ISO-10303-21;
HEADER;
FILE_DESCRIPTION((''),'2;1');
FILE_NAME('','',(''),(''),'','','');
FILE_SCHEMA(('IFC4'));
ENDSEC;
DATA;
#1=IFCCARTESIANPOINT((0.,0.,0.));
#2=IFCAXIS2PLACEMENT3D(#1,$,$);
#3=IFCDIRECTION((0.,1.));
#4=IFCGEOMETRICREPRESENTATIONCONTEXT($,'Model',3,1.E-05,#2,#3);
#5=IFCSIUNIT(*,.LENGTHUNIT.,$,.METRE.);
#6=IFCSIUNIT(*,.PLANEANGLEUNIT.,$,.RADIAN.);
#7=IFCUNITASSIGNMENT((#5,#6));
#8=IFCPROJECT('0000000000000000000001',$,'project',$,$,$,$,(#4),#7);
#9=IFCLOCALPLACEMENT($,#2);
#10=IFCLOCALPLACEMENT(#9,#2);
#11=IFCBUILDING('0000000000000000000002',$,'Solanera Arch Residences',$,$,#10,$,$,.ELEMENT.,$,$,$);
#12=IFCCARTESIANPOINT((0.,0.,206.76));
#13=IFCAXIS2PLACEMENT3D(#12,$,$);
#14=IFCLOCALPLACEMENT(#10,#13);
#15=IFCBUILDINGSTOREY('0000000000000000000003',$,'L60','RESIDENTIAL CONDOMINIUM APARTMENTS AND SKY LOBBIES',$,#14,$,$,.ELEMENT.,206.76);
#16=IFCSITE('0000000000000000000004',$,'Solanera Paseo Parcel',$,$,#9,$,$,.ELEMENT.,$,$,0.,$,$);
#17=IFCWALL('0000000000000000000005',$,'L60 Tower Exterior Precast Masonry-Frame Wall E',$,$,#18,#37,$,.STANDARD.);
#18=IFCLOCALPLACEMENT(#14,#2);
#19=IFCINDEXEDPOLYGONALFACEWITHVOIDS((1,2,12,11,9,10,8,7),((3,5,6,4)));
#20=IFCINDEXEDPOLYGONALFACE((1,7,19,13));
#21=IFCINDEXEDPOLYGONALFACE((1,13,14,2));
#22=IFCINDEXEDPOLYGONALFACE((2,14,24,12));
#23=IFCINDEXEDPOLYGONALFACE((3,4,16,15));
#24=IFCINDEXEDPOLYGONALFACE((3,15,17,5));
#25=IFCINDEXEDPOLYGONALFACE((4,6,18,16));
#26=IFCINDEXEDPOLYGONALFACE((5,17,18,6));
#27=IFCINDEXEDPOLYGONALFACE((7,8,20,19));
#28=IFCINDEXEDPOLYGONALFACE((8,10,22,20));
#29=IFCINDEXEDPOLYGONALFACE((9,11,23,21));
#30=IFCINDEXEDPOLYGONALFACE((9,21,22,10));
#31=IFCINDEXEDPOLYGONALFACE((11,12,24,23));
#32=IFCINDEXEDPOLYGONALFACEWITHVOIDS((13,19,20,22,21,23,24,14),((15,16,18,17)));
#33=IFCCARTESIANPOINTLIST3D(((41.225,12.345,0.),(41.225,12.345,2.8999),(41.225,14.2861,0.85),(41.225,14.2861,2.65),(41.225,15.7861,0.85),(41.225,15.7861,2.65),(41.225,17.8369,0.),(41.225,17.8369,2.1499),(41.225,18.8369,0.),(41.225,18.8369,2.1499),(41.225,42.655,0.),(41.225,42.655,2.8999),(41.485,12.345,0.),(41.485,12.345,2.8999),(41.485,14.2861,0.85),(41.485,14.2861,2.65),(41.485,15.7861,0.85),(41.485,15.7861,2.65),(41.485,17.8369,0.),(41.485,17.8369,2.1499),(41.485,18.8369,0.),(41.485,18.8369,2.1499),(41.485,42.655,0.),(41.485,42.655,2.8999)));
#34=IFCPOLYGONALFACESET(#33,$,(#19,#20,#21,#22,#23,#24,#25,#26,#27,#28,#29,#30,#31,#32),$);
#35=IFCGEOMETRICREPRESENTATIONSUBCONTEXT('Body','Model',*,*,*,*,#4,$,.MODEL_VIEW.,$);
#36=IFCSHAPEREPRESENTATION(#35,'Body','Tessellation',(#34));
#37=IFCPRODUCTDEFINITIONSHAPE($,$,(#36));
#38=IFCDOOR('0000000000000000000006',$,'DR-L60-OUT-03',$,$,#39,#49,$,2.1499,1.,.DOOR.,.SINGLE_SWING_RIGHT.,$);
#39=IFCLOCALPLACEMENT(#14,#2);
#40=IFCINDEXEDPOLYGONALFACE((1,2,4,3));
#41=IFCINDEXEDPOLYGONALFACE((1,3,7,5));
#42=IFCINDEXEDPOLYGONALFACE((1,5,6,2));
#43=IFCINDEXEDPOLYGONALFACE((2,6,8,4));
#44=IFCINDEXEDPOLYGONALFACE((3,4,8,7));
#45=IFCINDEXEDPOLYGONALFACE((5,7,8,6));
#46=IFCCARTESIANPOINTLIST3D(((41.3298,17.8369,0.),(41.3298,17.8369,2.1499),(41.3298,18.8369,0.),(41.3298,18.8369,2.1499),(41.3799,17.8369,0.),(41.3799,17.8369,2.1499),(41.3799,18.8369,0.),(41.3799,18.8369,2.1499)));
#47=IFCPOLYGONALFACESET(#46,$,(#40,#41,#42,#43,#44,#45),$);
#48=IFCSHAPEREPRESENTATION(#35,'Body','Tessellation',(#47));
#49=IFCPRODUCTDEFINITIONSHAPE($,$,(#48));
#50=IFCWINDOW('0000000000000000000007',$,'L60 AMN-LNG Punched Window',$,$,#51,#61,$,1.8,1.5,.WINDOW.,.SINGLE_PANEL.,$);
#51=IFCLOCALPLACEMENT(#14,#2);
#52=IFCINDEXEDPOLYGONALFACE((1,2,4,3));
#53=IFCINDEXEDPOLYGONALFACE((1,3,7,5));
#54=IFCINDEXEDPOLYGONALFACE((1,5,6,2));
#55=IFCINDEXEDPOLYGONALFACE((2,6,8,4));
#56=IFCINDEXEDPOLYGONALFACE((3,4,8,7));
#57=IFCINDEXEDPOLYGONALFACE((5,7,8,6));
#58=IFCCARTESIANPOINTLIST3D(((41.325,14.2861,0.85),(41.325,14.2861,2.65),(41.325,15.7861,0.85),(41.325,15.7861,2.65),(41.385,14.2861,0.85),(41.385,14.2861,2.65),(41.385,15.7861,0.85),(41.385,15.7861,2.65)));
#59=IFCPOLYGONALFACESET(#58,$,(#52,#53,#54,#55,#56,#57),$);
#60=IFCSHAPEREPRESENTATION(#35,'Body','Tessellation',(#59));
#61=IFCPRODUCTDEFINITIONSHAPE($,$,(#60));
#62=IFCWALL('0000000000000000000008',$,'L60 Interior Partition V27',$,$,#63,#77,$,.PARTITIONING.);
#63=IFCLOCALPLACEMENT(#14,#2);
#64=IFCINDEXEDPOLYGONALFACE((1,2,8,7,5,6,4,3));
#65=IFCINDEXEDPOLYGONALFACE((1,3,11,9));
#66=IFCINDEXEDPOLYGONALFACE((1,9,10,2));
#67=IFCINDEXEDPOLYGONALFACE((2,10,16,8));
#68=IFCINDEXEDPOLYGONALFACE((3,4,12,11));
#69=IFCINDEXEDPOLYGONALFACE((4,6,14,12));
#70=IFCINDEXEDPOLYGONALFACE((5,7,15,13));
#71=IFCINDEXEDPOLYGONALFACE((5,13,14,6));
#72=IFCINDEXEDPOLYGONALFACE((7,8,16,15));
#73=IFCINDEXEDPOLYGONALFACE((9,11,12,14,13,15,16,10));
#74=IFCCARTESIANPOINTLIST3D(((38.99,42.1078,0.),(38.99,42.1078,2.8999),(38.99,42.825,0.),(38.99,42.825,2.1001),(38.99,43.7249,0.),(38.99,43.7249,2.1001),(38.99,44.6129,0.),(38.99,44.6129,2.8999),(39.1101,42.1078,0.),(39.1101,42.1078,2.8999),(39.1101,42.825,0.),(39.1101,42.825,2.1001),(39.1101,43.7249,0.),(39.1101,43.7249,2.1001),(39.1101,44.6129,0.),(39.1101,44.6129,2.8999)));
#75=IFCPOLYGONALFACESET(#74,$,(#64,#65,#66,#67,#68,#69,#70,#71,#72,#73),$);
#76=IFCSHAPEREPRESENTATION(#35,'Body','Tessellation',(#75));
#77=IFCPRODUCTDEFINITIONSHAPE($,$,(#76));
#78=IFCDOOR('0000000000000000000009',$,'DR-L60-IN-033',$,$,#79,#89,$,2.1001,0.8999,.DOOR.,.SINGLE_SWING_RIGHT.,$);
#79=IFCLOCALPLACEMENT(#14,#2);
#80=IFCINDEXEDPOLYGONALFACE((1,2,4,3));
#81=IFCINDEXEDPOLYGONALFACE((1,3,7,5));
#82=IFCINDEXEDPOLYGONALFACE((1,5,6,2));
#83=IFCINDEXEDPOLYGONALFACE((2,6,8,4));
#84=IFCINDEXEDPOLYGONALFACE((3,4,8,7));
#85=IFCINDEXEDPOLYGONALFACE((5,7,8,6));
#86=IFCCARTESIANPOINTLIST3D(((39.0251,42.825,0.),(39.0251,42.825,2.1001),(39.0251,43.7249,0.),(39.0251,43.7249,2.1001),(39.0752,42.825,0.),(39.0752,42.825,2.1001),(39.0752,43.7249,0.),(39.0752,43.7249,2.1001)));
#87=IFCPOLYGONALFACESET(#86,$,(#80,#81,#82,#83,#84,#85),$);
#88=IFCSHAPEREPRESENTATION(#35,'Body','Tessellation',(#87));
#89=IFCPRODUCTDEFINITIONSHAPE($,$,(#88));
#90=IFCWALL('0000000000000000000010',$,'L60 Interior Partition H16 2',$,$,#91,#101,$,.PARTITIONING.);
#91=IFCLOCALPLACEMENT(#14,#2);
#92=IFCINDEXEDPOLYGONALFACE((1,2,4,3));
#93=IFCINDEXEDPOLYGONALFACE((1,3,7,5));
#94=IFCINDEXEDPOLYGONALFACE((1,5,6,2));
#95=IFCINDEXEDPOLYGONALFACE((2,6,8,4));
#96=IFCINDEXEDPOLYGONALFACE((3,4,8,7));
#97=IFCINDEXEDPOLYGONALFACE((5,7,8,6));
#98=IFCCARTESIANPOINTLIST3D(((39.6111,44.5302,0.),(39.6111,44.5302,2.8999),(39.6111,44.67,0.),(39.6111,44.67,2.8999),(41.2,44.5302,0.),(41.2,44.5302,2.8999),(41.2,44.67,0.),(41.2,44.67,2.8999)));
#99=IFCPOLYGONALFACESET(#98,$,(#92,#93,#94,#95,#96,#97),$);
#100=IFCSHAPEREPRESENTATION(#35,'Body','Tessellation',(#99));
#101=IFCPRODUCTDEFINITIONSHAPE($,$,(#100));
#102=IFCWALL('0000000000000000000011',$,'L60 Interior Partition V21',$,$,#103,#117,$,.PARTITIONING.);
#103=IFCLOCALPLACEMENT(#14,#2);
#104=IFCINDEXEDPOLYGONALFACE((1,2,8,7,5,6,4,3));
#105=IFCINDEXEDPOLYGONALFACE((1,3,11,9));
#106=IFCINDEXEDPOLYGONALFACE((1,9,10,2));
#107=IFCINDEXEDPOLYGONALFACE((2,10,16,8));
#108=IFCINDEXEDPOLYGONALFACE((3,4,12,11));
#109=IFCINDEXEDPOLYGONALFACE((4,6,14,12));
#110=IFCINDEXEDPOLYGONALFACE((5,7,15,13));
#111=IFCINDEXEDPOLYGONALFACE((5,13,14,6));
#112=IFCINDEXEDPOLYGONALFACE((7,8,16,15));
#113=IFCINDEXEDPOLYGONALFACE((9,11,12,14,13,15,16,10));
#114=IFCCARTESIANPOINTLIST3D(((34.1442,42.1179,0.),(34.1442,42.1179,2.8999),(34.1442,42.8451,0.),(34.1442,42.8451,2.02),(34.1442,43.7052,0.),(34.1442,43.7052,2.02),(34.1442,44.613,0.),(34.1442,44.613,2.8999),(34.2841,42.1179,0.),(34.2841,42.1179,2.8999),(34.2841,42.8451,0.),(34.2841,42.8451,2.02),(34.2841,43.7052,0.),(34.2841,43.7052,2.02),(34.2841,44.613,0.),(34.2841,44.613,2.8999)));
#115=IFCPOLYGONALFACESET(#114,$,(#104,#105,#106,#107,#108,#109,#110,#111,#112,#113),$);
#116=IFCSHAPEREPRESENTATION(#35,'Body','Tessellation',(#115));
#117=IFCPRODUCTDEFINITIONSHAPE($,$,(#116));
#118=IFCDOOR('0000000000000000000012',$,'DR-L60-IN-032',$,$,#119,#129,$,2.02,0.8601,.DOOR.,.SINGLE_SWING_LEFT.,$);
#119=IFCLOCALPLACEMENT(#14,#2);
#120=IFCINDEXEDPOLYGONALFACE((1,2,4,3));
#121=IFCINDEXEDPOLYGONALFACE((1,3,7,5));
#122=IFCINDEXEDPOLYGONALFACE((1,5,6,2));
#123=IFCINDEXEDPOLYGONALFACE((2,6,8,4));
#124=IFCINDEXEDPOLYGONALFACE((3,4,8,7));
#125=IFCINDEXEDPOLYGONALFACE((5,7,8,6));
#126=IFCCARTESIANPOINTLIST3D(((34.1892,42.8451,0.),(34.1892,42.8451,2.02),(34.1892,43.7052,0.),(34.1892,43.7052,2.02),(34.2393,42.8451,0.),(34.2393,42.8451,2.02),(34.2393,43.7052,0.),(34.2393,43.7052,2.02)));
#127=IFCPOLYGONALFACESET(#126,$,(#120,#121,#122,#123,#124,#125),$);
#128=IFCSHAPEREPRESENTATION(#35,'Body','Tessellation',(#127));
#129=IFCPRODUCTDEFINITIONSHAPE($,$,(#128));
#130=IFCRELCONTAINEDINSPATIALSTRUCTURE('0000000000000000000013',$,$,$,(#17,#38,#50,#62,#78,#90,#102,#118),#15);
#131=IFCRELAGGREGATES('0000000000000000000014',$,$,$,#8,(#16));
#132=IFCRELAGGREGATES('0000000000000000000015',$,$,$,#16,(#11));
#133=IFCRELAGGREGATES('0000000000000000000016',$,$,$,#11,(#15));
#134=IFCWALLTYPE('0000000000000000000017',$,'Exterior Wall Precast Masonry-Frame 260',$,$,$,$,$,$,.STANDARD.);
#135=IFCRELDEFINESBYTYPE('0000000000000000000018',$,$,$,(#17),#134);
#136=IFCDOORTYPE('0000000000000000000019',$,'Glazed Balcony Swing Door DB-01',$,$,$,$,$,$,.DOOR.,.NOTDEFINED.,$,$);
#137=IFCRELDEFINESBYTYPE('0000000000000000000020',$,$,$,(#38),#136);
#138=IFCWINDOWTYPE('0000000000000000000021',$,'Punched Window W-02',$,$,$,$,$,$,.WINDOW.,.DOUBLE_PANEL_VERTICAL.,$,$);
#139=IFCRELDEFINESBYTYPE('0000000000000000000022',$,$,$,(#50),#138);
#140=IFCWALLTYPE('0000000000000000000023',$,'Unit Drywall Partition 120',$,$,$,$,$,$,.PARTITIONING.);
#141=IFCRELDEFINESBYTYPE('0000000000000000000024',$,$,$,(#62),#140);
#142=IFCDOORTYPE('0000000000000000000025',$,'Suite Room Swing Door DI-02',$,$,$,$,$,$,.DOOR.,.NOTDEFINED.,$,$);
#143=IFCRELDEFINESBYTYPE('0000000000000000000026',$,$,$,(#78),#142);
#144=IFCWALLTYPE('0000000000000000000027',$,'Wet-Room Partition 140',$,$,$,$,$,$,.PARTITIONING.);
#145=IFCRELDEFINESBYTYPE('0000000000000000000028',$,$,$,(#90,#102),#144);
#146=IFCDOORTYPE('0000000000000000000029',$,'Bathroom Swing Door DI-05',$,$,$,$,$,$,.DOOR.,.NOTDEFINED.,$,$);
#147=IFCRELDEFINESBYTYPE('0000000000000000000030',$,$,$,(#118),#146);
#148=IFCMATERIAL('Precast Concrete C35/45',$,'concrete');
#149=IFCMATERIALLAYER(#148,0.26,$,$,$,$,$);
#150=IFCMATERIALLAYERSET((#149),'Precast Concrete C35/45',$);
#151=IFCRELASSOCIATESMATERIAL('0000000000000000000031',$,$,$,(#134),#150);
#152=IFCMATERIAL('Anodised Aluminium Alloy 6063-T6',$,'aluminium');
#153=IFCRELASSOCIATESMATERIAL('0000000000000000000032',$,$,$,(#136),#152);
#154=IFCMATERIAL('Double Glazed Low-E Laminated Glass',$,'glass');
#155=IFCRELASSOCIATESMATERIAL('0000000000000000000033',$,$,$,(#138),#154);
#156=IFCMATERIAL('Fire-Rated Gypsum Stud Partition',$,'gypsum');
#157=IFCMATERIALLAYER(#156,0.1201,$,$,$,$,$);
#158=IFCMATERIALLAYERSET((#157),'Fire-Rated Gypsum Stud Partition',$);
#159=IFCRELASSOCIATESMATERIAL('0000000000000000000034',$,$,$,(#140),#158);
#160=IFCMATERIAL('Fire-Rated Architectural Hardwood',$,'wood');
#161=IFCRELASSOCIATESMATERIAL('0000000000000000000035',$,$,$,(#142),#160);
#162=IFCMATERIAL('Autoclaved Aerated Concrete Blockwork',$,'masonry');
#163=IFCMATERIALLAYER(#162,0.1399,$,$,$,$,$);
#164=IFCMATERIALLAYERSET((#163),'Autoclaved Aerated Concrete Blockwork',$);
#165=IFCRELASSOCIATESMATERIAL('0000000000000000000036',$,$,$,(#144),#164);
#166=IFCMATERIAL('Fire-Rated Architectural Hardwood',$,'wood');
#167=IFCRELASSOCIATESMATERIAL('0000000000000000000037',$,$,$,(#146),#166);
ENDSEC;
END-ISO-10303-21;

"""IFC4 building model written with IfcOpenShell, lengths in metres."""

from ifc_helpers import new_model, si_unit, direction, frame, frame_2d, origin, place, context, subcontext, project, spatial, rectangle, extrude, material, layer, layer_set, type_object, element, fill, save


model = new_model("IFC4")

# Units and contexts
model_context = context("Model", 3, precision=1e-05, world=origin(), true_north=direction((0.0, 1.0)))
body_context = subcontext(model_context, "Body", "Model", "MODEL_VIEW")
ifc_project = project(units=[si_unit("LENGTHUNIT", "METRE"), si_unit("PLANEANGLEUNIT", "RADIAN")], contexts=[model_context])

# Site, building, storey
site_placement = place(None, origin())
site = spatial("IfcSite", under=ifc_project, at=site_placement, Name="Solanera Paseo Parcel", CompositionType="ELEMENT", RefElevation=0.0)
building_placement = place(site_placement, origin())
building = spatial("IfcBuilding", under=site, at=building_placement, Name="Solanera Arch Residences", CompositionType="ELEMENT")
storey_placement = place(building_placement, frame((0.0, 0.0, 206.76)))
storey = spatial("IfcBuildingStorey", under=building, at=storey_placement, Name="L60", Description="RESIDENTIAL CONDOMINIUM APARTMENTS AND SKY LOBBIES", CompositionType="ELEMENT", Elevation=206.76)

# Shared definitions
ifc_material_1 = material(Name="Precast Concrete C35/45", Category="concrete")
ifc_layer_1 = layer(ifc_material_1, 0.26)
ifc_layer_set_1 = layer_set([ifc_layer_1], Name="Precast Concrete C35/45")
wall_type_1 = type_object("IfcWallType", Name="Exterior Wall Precast Masonry-Frame 260", PredefinedType="STANDARD", material=ifc_layer_set_1)

# Wall, openings, door, window
wall_1_placement = place(storey_placement, frame((41.355, 42.655, 0.0), z_axis=(0.0, 0.0, 1.0), x_axis=(0.0, -1.0, 0.0)))
wall_1 = element("IfcWall", 1, at=wall_1_placement, inside=storey, type_object=wall_type_1, Name="L60 Tower Exterior Precast Masonry-Frame Wall E", PredefinedType="STANDARD", context=body_context, shape_type="SweptSolid", body=[
    extrude(rectangle(XDim=30.3101, YDim=0.26, at=frame_2d((15.155, 0.0))), origin(), (0.0, 0.0, 1.0), 2.8999),
])
opening_1_placement = place(wall_1_placement, frame((23.8181, 0.0, 0.0)))
opening_1 = element("IfcOpeningElement", 2, at=opening_1_placement, cuts=wall_1, PredefinedType="OPENING", context=body_context, shape_type="SweptSolid", body=[
    extrude(rectangle(XDim=1.0, YDim=2.1499, at=frame_2d((0.5, 1.075))), frame((0.0, 0.1399, 0.0), z_axis=(0.0, -1.0, 0.0), x_axis=(1.0, 0.0, 0.0)), (0.0, 0.0, 1.0), 0.28),
])
opening_2_placement = place(wall_1_placement, frame((26.8689, 0.0, 0.8501)))
opening_2 = element("IfcOpeningElement", 3, at=opening_2_placement, cuts=wall_1, PredefinedType="OPENING", context=body_context, shape_type="SweptSolid", body=[
    extrude(rectangle(XDim=1.5, YDim=1.8, at=frame_2d((0.75, 0.8999))), frame((0.0, 0.1399, 0.0), z_axis=(0.0, -1.0, 0.0), x_axis=(1.0, 0.0, 0.0)), (0.0, 0.0, 1.0), 0.28),
])
ifc_material_2 = material(Name="Anodised Aluminium Alloy 6063-T6", Category="aluminium")
door_type_1 = type_object("IfcDoorType", Name="Glazed Balcony Swing Door DB-01", OperationType="NOTDEFINED", PredefinedType="DOOR", material=ifc_material_2)
door_1_placement = place(opening_1_placement, origin())
door_1 = element("IfcDoor", 4, at=door_1_placement, inside=storey, type_object=door_type_1, Name="DR-L60-OUT-03", OperationType="SINGLE_SWING_RIGHT", OverallHeight=2.1499, OverallWidth=1.0, PredefinedType="DOOR", context=body_context, shape_type="SweptSolid", body=[
    extrude(rectangle(XDim=1.0, YDim=2.1499, at=frame_2d((0.5, 1.075))), frame((0.0, 0.0249, 0.0), z_axis=(0.0, -1.0, 0.0), x_axis=(1.0, 0.0, 0.0)), (0.0, 0.0, 1.0), 0.05),
])
fill(opening_1, door_1)
ifc_material_3 = material(Name="Double Glazed Low-E Laminated Glass", Category="glass")
window_type = type_object("IfcWindowType", Name="Punched Window W-02", PartitioningType="DOUBLE_PANEL_VERTICAL", PredefinedType="WINDOW", material=ifc_material_3)
window_placement = place(opening_2_placement, origin())
window = element("IfcWindow", 5, at=window_placement, inside=storey, type_object=window_type, Name="L60 AMN-LNG Punched Window", OverallHeight=1.8, OverallWidth=1.5, PartitioningType="SINGLE_PANEL", PredefinedType="WINDOW", context=body_context, shape_type="SweptSolid", body=[
    extrude(rectangle(XDim=1.5, YDim=1.8, at=frame_2d((0.75, 0.8999))), frame((0.0, 0.03, 0.0), z_axis=(0.0, -1.0, 0.0), x_axis=(1.0, 0.0, 0.0)), (0.0, 0.0, 1.0), 0.0601),
])
fill(opening_2, window)

# Wall, opening, door
ifc_material_4 = material(Name="Fire-Rated Gypsum Stud Partition", Category="gypsum")
ifc_layer_2 = layer(ifc_material_4, 0.1201)
ifc_layer_set_2 = layer_set([ifc_layer_2], Name="Fire-Rated Gypsum Stud Partition")
wall_type_2 = type_object("IfcWallType", Name="Unit Drywall Partition 120", PredefinedType="PARTITIONING", material=ifc_layer_set_2)
wall_2_placement = place(storey_placement, frame((39.05, 42.1079, 0.0), z_axis=(0.0, 0.0, 1.0), x_axis=(0.0, 1.0, 0.0)))
wall_2 = element("IfcWall", 6, at=wall_2_placement, inside=storey, type_object=wall_type_2, Name="L60 Interior Partition V27", PredefinedType="PARTITIONING", context=body_context, shape_type="SweptSolid", body=[
    extrude(rectangle(XDim=2.5051, YDim=0.1201, at=frame_2d((1.2524, 0.0))), origin(), (0.0, 0.0, 1.0), 2.8999),
])
opening_3_placement = place(wall_2_placement, frame((0.717, 0.0, 0.0)))
opening_3 = element("IfcOpeningElement", 7, at=opening_3_placement, cuts=wall_2, PredefinedType="OPENING", context=body_context, shape_type="SweptSolid", body=[
    extrude(rectangle(XDim=0.8999, YDim=2.1001, at=frame_2d((0.45, 1.05))), frame((0.0, 0.0701, 0.0), z_axis=(0.0, -1.0, 0.0), x_axis=(1.0, 0.0, 0.0)), (0.0, 0.0, 1.0), 0.1401),
])
ifc_material_5 = material(Name="Fire-Rated Architectural Hardwood", Category="wood")
door_type_2 = type_object("IfcDoorType", Name="Suite Room Swing Door DI-02", OperationType="NOTDEFINED", PredefinedType="DOOR", material=ifc_material_5)
door_2_placement = place(opening_3_placement, origin())
door_2 = element("IfcDoor", 8, at=door_2_placement, inside=storey, type_object=door_type_2, Name="DR-L60-IN-033", OperationType="SINGLE_SWING_RIGHT", OverallHeight=2.1001, OverallWidth=0.8999, PredefinedType="DOOR", context=body_context, shape_type="SweptSolid", body=[
    extrude(rectangle(XDim=0.8999, YDim=2.1001, at=frame_2d((0.45, 1.05))), frame((0.0, 0.0249, 0.0), z_axis=(0.0, -1.0, 0.0), x_axis=(1.0, 0.0, 0.0)), (0.0, 0.0, 1.0), 0.05),
])
fill(opening_3, door_2)

# Wall
ifc_material_6 = material(Name="Autoclaved Aerated Concrete Blockwork", Category="masonry")
ifc_layer_3 = layer(ifc_material_6, 0.1399)
ifc_layer_set_3 = layer_set([ifc_layer_3], Name="Autoclaved Aerated Concrete Blockwork")
wall_type_3 = type_object("IfcWallType", Name="Wet-Room Partition 140", PredefinedType="PARTITIONING", material=ifc_layer_set_3)
wall_3_placement = place(storey_placement, frame((39.6111, 44.6001, 0.0), z_axis=(0.0, 0.0, 1.0), x_axis=(1.0, 0.0, 0.0)))
element("IfcWall", 9, at=wall_3_placement, inside=storey, type_object=wall_type_3, Name="L60 Interior Partition H16 2", PredefinedType="PARTITIONING", context=body_context, shape_type="SweptSolid", body=[
    extrude(rectangle(XDim=1.5889, YDim=0.1399, at=frame_2d((0.7944, 0.0))), origin(), (0.0, 0.0, 1.0), 2.8999),
])

# Wall, opening, door
wall_4_placement = place(storey_placement, frame((34.2141, 42.1179, 0.0), z_axis=(0.0, 0.0, 1.0), x_axis=(0.0, 1.0, 0.0)))
wall_4 = element("IfcWall", 10, at=wall_4_placement, inside=storey, type_object=wall_type_3, Name="L60 Interior Partition V21", PredefinedType="PARTITIONING", context=body_context, shape_type="SweptSolid", body=[
    extrude(rectangle(XDim=2.4951, YDim=0.1399, at=frame_2d((1.2476, 0.0))), origin(), (0.0, 0.0, 1.0), 2.8999),
])
opening_4_placement = place(wall_4_placement, frame((0.7271, 0.0, 0.0)))
opening_4 = element("IfcOpeningElement", 11, at=opening_4_placement, cuts=wall_4, PredefinedType="OPENING", context=body_context, shape_type="SweptSolid", body=[
    extrude(rectangle(XDim=0.8601, YDim=2.02, at=frame_2d((0.4302, 1.01))), frame((0.0, 0.0798, 0.0), z_axis=(0.0, -1.0, 0.0), x_axis=(1.0, 0.0, 0.0)), (0.0, 0.0, 1.0), 0.1599),
])
ifc_material_7 = material(Name="Fire-Rated Architectural Hardwood", Category="wood")
door_type_3 = type_object("IfcDoorType", Name="Bathroom Swing Door DI-05", OperationType="NOTDEFINED", PredefinedType="DOOR", material=ifc_material_7)
door_3_placement = place(opening_4_placement, origin())
door_3 = element("IfcDoor", 12, at=door_3_placement, inside=storey, type_object=door_type_3, Name="DR-L60-IN-032", OperationType="SINGLE_SWING_LEFT", OverallHeight=2.02, OverallWidth=0.8601, PredefinedType="DOOR", context=body_context, shape_type="SweptSolid", body=[
    extrude(rectangle(XDim=0.8601, YDim=2.02, at=frame_2d((0.4302, 1.01))), frame((0.0, 0.0249, 0.0), z_axis=(0.0, -1.0, 0.0), x_axis=(1.0, 0.0, 0.0)), (0.0, 0.0, 1.0), 0.05),
])
fill(opening_4, door_3)

save(model, "model.ifc")
